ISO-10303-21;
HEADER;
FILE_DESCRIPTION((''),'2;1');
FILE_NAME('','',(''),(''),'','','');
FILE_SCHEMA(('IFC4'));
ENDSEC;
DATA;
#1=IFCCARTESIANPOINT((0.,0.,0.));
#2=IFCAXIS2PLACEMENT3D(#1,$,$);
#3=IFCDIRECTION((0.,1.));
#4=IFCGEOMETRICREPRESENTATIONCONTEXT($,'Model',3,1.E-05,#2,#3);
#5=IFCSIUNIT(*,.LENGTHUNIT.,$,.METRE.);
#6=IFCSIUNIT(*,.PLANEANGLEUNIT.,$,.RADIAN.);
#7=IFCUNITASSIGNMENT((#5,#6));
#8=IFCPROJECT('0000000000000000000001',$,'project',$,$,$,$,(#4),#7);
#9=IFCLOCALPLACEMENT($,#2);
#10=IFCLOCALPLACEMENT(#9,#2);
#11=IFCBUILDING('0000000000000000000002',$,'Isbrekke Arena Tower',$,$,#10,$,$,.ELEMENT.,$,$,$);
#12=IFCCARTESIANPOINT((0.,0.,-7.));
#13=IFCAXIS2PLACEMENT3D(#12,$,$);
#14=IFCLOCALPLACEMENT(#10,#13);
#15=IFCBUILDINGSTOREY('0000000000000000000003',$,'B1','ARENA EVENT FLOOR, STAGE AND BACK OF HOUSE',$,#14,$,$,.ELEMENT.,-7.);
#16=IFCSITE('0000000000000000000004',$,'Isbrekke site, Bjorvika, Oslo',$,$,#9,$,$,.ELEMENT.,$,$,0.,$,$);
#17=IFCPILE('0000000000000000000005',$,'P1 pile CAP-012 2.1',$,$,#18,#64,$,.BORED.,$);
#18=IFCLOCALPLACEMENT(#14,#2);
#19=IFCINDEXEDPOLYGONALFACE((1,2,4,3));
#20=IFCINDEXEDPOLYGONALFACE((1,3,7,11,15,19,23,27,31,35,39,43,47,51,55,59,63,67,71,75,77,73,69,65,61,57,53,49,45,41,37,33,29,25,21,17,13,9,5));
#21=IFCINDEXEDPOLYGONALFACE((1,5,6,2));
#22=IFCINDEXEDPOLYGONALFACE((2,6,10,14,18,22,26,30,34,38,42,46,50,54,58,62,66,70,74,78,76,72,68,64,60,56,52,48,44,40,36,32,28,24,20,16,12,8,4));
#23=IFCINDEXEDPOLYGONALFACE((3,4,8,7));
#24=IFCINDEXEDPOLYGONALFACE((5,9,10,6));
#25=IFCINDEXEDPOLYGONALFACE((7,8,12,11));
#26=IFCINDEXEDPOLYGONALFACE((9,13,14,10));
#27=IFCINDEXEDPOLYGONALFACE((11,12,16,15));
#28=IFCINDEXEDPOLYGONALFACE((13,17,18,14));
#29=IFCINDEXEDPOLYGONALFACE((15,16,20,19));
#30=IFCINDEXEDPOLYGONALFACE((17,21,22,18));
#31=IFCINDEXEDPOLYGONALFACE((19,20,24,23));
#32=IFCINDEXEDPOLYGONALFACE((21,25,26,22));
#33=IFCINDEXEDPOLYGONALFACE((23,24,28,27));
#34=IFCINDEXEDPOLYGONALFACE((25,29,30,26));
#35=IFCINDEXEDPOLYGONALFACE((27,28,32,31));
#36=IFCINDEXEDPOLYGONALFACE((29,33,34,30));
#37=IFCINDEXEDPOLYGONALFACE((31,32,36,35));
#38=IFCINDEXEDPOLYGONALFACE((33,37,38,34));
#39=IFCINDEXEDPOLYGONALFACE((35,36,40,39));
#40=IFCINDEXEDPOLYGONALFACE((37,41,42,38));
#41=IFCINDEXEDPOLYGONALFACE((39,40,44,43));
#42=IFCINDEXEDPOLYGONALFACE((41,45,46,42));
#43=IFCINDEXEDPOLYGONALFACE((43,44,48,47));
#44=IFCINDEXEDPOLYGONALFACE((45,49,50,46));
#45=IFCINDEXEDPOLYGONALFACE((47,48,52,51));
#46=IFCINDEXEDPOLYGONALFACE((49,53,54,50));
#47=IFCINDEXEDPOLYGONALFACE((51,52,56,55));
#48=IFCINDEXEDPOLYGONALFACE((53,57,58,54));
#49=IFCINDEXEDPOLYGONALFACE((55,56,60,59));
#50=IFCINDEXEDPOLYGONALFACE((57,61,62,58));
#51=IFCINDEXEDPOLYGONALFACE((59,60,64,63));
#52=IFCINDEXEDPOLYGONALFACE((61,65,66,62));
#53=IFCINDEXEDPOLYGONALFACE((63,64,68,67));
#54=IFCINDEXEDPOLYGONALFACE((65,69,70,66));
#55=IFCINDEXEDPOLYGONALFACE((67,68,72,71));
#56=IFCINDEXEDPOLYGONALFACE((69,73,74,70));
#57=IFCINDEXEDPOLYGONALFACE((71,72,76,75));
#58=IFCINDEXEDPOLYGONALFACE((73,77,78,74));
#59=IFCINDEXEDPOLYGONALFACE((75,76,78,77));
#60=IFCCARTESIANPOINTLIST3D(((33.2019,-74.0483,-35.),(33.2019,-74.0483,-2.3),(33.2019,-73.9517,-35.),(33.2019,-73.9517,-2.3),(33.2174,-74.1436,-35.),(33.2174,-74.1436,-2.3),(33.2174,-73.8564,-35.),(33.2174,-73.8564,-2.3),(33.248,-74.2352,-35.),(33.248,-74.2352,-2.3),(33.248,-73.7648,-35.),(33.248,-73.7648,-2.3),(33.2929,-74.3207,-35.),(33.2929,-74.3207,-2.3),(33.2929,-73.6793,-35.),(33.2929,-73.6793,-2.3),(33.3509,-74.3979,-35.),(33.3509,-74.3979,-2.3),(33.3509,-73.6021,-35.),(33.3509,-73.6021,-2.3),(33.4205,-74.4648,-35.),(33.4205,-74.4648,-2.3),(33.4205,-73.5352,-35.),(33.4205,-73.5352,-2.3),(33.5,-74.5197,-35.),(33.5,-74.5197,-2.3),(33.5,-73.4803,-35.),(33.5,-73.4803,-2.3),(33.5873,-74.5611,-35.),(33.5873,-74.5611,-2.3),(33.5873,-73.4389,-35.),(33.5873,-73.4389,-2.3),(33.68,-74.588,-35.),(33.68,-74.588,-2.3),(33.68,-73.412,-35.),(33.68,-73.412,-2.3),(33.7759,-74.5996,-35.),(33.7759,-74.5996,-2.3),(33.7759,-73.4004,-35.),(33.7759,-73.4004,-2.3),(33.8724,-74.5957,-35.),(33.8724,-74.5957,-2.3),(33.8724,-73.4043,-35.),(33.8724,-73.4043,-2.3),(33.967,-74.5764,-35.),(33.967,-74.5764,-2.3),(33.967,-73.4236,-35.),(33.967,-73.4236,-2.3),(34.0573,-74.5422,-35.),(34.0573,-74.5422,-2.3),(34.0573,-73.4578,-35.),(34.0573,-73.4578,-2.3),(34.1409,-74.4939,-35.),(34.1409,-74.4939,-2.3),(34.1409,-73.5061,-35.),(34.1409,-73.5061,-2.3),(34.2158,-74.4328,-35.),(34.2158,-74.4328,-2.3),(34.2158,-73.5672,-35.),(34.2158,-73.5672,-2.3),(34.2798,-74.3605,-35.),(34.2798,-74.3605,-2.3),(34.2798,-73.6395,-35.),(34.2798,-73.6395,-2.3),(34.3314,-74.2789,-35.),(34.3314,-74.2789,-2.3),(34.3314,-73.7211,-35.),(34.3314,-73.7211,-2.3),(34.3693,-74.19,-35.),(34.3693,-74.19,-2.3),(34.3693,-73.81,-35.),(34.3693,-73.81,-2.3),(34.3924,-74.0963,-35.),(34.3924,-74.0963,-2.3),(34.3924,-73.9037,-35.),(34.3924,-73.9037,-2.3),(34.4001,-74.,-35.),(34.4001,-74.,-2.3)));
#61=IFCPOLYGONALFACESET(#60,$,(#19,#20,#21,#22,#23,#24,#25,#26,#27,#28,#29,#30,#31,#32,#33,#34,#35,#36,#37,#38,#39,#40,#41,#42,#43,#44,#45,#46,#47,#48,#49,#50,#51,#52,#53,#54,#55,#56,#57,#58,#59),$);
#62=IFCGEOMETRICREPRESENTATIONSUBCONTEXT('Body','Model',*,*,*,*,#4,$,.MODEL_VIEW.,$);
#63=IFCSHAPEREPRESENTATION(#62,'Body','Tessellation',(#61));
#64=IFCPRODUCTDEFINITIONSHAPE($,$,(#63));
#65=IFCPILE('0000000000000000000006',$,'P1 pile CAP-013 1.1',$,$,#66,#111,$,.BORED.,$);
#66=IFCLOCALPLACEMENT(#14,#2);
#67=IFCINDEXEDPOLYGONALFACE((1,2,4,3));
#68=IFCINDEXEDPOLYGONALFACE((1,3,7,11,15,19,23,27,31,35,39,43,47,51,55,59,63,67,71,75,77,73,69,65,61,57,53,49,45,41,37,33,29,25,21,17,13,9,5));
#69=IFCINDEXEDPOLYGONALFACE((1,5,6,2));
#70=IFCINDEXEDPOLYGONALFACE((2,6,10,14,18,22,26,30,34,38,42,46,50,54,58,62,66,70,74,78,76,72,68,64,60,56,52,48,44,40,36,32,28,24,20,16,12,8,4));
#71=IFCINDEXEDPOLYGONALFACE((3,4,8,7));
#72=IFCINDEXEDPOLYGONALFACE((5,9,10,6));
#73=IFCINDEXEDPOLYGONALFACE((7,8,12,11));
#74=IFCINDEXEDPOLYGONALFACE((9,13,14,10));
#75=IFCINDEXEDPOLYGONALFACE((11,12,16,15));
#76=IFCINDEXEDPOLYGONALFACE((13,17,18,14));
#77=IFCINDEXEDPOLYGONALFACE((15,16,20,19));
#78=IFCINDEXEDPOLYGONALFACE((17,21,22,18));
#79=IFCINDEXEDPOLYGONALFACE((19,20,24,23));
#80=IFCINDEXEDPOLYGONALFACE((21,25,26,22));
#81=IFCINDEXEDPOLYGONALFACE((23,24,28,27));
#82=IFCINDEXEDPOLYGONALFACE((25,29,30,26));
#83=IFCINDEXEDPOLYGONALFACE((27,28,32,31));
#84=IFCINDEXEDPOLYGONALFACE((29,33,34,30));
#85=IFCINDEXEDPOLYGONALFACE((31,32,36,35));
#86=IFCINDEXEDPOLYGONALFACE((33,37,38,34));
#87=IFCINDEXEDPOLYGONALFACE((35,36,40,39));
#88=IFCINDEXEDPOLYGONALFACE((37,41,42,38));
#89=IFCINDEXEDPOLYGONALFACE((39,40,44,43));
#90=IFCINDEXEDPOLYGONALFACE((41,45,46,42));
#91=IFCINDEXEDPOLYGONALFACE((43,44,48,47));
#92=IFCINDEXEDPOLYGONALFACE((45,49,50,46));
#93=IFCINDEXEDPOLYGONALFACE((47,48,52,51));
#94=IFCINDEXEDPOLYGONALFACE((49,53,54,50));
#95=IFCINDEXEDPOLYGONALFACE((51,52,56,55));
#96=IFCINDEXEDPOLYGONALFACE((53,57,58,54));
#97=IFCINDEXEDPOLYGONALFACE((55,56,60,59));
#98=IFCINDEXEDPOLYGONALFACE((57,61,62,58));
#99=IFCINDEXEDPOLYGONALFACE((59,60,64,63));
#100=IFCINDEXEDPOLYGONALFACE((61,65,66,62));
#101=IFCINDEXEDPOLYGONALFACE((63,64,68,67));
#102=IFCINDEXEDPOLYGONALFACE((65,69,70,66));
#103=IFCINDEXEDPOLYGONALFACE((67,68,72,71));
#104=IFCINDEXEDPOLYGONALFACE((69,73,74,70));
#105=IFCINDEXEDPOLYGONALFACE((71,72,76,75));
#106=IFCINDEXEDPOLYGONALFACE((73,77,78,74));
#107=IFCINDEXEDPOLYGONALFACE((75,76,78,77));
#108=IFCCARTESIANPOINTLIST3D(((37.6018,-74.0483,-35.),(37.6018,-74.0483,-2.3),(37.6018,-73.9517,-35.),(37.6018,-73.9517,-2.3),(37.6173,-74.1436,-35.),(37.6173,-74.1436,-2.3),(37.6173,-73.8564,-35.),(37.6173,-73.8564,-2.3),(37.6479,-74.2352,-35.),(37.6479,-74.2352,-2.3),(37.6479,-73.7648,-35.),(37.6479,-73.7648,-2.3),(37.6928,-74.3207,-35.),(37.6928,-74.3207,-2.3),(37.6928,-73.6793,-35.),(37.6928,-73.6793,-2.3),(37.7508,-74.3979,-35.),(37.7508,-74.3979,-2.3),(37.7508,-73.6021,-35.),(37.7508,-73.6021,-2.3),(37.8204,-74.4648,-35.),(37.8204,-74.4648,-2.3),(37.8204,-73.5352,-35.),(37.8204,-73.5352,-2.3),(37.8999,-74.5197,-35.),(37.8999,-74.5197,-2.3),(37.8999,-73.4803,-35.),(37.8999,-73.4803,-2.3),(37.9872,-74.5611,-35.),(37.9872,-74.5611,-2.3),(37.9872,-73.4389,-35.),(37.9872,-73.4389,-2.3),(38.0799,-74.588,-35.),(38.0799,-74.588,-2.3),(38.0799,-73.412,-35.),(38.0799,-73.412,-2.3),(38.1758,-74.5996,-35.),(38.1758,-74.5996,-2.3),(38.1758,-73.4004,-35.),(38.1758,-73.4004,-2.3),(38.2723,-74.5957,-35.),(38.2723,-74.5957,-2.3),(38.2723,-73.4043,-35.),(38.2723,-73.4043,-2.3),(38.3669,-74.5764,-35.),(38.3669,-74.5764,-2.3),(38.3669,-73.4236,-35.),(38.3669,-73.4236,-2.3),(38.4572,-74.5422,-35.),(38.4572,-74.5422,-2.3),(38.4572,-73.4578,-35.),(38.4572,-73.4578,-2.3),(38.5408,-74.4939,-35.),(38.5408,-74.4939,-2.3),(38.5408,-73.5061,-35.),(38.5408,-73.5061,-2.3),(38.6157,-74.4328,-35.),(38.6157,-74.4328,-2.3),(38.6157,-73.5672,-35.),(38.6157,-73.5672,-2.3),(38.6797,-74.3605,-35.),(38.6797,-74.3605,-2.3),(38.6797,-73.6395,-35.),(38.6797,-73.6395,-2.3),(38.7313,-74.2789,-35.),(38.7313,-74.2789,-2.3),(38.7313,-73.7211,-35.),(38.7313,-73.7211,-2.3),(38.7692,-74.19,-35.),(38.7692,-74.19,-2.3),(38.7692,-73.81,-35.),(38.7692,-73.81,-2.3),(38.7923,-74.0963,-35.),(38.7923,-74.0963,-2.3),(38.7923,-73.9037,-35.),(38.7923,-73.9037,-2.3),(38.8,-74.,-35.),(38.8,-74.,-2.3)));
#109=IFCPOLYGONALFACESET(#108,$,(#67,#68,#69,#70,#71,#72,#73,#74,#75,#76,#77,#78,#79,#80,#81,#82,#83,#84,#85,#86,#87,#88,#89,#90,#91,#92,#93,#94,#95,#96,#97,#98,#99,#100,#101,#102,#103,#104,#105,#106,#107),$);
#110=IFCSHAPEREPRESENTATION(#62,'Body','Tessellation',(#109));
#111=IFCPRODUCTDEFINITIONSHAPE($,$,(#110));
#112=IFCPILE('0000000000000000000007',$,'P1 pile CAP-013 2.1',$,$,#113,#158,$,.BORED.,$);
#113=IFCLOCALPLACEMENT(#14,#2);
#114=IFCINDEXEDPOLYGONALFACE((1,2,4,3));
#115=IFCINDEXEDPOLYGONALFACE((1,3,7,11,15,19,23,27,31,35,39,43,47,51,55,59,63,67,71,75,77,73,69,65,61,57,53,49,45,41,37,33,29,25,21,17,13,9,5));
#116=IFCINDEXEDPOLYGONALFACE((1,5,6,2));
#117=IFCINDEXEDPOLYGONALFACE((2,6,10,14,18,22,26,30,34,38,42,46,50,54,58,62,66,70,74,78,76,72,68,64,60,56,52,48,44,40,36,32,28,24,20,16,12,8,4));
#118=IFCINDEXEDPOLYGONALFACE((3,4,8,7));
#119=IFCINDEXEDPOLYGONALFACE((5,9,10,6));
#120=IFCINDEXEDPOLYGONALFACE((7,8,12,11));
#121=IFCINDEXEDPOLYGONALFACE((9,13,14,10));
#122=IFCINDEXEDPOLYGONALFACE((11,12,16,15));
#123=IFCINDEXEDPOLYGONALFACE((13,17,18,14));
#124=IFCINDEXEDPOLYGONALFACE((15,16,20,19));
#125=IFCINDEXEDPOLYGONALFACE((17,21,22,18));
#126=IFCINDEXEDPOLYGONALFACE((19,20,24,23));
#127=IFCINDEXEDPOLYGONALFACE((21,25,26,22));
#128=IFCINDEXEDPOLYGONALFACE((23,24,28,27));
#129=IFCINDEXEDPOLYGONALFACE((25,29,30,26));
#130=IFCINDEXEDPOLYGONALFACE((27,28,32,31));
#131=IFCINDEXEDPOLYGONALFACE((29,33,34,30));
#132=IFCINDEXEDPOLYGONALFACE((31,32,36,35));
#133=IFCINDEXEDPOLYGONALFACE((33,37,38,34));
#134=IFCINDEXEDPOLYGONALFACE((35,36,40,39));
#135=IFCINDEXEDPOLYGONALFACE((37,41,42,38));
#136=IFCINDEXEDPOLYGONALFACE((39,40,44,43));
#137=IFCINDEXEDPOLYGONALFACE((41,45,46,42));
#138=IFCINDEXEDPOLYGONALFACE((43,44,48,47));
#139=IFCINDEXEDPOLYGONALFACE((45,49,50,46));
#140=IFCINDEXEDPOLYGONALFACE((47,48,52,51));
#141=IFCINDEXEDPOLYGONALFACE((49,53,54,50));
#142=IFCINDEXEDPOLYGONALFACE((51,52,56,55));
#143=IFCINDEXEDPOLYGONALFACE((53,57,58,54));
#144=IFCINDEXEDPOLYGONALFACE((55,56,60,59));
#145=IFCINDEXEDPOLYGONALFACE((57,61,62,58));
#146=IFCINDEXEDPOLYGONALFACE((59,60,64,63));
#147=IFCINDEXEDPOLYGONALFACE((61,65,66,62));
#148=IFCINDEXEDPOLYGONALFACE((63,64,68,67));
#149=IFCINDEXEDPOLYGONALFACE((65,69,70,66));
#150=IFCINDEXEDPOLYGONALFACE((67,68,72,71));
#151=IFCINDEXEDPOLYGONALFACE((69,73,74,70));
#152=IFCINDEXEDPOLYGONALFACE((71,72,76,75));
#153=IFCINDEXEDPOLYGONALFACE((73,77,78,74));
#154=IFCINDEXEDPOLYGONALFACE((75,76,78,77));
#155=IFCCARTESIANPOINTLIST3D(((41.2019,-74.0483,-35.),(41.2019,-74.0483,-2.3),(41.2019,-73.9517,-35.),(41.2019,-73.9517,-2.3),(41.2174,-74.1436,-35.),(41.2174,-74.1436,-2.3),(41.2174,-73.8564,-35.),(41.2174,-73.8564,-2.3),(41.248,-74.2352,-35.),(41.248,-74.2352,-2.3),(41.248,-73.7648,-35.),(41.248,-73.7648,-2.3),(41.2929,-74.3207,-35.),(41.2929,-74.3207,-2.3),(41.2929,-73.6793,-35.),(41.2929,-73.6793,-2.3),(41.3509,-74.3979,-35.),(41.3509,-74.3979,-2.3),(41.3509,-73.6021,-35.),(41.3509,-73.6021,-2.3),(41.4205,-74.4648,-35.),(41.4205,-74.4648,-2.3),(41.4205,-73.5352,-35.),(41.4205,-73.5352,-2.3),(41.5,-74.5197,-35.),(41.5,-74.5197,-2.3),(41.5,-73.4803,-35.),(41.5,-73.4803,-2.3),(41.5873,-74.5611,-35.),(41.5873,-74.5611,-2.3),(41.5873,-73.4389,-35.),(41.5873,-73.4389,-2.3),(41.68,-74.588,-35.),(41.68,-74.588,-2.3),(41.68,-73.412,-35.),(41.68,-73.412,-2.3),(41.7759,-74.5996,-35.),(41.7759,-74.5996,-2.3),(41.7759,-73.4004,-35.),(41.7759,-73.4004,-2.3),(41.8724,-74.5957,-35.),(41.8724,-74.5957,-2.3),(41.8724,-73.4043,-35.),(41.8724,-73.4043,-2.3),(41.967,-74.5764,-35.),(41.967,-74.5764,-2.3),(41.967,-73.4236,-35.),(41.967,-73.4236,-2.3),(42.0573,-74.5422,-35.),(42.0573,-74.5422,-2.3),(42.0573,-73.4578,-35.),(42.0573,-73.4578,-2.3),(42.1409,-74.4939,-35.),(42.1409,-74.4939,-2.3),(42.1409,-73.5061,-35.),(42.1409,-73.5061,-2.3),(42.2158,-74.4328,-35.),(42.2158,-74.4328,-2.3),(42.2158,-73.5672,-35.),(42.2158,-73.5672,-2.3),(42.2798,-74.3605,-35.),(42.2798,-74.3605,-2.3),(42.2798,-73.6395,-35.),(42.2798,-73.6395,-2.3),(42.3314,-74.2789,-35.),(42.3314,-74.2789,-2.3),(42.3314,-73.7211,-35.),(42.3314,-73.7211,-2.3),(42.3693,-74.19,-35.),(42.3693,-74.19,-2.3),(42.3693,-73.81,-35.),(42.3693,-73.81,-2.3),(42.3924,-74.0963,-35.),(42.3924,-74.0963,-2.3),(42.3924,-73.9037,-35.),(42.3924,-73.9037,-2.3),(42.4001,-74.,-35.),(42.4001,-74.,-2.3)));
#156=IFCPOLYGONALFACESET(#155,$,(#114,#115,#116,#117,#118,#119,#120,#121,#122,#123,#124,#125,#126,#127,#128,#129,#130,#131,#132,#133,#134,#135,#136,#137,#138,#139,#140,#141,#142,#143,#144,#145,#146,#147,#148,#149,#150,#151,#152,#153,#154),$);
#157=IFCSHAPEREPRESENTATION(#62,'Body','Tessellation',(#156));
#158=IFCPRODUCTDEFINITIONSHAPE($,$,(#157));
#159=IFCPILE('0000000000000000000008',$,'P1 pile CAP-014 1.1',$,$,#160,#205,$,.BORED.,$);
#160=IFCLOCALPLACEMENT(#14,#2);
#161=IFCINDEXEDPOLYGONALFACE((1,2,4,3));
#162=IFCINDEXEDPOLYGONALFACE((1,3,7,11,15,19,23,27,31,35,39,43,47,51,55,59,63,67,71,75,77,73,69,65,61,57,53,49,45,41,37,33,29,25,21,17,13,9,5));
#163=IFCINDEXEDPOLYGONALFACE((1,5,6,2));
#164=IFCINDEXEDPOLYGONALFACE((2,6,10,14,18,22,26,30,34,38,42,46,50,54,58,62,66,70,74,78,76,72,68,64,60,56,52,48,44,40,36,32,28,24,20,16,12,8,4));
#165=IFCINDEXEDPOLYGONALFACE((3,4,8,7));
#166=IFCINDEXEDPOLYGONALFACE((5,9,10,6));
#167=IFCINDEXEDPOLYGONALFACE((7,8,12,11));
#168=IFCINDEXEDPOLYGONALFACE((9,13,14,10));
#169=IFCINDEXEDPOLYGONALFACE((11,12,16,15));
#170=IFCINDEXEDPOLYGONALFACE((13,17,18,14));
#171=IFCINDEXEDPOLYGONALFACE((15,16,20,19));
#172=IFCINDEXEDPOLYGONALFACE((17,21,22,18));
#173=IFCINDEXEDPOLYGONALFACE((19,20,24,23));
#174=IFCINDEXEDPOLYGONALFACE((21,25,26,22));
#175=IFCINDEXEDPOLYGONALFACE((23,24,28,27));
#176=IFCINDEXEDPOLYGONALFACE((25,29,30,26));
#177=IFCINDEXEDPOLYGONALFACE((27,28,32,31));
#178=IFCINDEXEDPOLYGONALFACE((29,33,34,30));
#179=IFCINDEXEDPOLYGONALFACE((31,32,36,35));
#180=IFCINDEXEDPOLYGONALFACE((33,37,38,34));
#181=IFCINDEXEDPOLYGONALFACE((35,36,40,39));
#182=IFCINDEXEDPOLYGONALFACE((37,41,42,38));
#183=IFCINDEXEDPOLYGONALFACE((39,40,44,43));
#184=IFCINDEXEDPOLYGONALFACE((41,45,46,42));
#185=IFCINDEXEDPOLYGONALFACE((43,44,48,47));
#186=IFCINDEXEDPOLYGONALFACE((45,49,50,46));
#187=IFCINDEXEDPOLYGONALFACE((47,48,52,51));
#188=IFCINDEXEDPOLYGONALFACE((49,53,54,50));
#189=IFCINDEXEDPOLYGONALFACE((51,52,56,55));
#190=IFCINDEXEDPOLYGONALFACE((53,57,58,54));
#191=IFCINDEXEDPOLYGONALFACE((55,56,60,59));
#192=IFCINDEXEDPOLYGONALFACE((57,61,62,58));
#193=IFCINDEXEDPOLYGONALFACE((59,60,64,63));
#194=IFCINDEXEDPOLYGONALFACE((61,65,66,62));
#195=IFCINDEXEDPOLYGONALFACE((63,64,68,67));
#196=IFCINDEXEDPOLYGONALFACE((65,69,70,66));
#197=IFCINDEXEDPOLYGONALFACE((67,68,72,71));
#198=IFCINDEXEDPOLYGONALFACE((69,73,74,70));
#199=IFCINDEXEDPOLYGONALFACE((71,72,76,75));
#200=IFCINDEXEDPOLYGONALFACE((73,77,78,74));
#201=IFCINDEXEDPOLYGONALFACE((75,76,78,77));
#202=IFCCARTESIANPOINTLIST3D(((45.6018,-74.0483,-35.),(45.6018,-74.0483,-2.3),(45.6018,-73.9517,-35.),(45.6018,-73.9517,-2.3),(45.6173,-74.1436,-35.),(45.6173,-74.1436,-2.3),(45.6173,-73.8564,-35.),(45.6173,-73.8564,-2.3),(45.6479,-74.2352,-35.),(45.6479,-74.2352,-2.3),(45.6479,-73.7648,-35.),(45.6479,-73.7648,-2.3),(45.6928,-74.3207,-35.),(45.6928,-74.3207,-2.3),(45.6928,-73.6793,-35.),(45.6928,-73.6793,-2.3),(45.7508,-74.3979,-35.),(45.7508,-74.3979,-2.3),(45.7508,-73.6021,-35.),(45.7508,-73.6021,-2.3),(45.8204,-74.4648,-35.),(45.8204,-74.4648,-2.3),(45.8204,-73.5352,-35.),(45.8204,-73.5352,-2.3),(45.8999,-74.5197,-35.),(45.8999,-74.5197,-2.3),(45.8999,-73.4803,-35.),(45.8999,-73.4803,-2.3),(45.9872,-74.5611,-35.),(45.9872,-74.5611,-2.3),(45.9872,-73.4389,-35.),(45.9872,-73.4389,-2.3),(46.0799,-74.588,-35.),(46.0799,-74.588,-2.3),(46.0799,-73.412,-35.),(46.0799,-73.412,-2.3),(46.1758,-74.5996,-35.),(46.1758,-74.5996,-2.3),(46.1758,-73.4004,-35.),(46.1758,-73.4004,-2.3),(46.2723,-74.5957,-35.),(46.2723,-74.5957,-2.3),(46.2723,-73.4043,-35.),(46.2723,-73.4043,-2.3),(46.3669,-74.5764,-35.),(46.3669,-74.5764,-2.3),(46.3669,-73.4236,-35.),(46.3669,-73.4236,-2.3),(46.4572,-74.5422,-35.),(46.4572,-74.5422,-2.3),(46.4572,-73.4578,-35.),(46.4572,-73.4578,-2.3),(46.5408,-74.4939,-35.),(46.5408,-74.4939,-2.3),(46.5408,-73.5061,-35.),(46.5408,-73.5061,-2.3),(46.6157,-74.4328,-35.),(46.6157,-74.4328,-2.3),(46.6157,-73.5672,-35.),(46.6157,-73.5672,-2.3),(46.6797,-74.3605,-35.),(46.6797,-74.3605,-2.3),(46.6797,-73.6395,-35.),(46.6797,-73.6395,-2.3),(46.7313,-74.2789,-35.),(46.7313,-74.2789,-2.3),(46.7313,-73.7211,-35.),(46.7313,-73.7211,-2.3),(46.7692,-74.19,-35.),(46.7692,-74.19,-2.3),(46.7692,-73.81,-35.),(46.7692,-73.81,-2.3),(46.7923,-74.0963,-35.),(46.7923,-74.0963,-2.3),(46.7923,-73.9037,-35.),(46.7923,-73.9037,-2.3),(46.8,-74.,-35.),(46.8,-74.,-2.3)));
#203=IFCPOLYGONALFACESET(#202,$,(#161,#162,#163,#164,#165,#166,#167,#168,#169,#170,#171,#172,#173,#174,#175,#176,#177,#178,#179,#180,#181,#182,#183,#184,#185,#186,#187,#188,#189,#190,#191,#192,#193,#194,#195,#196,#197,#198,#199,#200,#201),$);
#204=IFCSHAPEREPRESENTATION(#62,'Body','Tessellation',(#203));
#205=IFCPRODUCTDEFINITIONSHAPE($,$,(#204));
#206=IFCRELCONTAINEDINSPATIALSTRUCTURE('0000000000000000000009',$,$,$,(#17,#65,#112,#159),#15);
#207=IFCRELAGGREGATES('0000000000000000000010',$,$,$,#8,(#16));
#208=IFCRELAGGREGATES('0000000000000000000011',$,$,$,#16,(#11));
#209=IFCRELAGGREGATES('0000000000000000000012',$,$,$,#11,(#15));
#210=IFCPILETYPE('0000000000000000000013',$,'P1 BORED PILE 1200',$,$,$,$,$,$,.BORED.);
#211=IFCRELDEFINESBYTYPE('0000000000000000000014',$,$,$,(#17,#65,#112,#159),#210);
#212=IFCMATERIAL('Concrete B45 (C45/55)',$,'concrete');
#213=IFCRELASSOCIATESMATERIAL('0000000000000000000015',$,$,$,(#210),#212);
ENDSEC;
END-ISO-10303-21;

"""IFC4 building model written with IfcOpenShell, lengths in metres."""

from ifc_helpers import new_model, si_unit, direction, frame, origin, origin_2d, place, context, subcontext, project, spatial, circle, extrude, material, material_profile, profile_set, type_object, element, save


model = new_model("IFC4")

# Units and contexts
model_context = context("Model", 3, precision=1e-05, world=origin(), true_north=direction((0.0, 1.0)))
body_context = subcontext(model_context, "Body", "Model", "MODEL_VIEW")
ifc_project = project(units=[si_unit("LENGTHUNIT", "METRE"), si_unit("PLANEANGLEUNIT", "RADIAN")], contexts=[model_context])

# Site, building, storey
site_placement = place(None, origin())
site = spatial("IfcSite", under=ifc_project, at=site_placement, Name="Isbrekke site, Bjorvika, Oslo", CompositionType="ELEMENT", RefElevation=0.0)
building_placement = place(site_placement, origin())
building = spatial("IfcBuilding", under=site, at=building_placement, Name="Isbrekke Arena Tower", CompositionType="ELEMENT")
storey_placement = place(building_placement, frame((0.0, 0.0, -7.0)))
storey = spatial("IfcBuildingStorey", under=building, at=storey_placement, Name="B1", Description="ARENA EVENT FLOOR, STAGE AND BACK OF HOUSE", CompositionType="ELEMENT", Elevation=-7.0)

# Piles
ifc_material_1 = material(Name="Concrete B45 (C45/55)", Category="concrete")
ifc_material_profile_1 = material_profile(ifc_material_1, circle(Radius=0.6001, at=origin_2d()), Name="BORED PILE D1200")
ifc_profile_set_1 = profile_set([ifc_material_profile_1], Name="Concrete B45 (C45/55)")
pile_type = type_object("IfcPileType", Name="P1 BORED PILE 1200", PredefinedType="BORED", material=ifc_profile_set_1)
for number, where, z_axis, x_axis, name in (
    (1, (33.8, -74.0, -2.3), (0.0, 0.0, -1.0), (1.0, 0.0, 0.0), "P1 pile CAP-012 2.1"),
    (2, (38.2, -74.0, -2.3), (0.0, 0.0, -1.0), (1.0, 0.0, 0.0), "P1 pile CAP-013 1.1"),
    (3, (41.8, -74.0, -2.3), (0.0, 0.0, -1.0), (1.0, 0.0, 0.0), "P1 pile CAP-013 2.1"),
    (4, (46.2, -74.0, -2.3), (0.0, 0.0, -1.0), (1.0, 0.0, 0.0), "P1 pile CAP-014 1.1"),
):
    element("IfcPile", number, at=place(storey_placement, frame(where, z_axis=z_axis, x_axis=x_axis)), inside=storey, type_object=pile_type, Name=name, PredefinedType="BORED", context=body_context, shape_type="SweptSolid", body=[
        extrude(circle(Radius=0.6001, at=origin_2d()), origin(), (0.0, 0.0, 1.0), 32.7),
    ])

save(model, "model.ifc")
